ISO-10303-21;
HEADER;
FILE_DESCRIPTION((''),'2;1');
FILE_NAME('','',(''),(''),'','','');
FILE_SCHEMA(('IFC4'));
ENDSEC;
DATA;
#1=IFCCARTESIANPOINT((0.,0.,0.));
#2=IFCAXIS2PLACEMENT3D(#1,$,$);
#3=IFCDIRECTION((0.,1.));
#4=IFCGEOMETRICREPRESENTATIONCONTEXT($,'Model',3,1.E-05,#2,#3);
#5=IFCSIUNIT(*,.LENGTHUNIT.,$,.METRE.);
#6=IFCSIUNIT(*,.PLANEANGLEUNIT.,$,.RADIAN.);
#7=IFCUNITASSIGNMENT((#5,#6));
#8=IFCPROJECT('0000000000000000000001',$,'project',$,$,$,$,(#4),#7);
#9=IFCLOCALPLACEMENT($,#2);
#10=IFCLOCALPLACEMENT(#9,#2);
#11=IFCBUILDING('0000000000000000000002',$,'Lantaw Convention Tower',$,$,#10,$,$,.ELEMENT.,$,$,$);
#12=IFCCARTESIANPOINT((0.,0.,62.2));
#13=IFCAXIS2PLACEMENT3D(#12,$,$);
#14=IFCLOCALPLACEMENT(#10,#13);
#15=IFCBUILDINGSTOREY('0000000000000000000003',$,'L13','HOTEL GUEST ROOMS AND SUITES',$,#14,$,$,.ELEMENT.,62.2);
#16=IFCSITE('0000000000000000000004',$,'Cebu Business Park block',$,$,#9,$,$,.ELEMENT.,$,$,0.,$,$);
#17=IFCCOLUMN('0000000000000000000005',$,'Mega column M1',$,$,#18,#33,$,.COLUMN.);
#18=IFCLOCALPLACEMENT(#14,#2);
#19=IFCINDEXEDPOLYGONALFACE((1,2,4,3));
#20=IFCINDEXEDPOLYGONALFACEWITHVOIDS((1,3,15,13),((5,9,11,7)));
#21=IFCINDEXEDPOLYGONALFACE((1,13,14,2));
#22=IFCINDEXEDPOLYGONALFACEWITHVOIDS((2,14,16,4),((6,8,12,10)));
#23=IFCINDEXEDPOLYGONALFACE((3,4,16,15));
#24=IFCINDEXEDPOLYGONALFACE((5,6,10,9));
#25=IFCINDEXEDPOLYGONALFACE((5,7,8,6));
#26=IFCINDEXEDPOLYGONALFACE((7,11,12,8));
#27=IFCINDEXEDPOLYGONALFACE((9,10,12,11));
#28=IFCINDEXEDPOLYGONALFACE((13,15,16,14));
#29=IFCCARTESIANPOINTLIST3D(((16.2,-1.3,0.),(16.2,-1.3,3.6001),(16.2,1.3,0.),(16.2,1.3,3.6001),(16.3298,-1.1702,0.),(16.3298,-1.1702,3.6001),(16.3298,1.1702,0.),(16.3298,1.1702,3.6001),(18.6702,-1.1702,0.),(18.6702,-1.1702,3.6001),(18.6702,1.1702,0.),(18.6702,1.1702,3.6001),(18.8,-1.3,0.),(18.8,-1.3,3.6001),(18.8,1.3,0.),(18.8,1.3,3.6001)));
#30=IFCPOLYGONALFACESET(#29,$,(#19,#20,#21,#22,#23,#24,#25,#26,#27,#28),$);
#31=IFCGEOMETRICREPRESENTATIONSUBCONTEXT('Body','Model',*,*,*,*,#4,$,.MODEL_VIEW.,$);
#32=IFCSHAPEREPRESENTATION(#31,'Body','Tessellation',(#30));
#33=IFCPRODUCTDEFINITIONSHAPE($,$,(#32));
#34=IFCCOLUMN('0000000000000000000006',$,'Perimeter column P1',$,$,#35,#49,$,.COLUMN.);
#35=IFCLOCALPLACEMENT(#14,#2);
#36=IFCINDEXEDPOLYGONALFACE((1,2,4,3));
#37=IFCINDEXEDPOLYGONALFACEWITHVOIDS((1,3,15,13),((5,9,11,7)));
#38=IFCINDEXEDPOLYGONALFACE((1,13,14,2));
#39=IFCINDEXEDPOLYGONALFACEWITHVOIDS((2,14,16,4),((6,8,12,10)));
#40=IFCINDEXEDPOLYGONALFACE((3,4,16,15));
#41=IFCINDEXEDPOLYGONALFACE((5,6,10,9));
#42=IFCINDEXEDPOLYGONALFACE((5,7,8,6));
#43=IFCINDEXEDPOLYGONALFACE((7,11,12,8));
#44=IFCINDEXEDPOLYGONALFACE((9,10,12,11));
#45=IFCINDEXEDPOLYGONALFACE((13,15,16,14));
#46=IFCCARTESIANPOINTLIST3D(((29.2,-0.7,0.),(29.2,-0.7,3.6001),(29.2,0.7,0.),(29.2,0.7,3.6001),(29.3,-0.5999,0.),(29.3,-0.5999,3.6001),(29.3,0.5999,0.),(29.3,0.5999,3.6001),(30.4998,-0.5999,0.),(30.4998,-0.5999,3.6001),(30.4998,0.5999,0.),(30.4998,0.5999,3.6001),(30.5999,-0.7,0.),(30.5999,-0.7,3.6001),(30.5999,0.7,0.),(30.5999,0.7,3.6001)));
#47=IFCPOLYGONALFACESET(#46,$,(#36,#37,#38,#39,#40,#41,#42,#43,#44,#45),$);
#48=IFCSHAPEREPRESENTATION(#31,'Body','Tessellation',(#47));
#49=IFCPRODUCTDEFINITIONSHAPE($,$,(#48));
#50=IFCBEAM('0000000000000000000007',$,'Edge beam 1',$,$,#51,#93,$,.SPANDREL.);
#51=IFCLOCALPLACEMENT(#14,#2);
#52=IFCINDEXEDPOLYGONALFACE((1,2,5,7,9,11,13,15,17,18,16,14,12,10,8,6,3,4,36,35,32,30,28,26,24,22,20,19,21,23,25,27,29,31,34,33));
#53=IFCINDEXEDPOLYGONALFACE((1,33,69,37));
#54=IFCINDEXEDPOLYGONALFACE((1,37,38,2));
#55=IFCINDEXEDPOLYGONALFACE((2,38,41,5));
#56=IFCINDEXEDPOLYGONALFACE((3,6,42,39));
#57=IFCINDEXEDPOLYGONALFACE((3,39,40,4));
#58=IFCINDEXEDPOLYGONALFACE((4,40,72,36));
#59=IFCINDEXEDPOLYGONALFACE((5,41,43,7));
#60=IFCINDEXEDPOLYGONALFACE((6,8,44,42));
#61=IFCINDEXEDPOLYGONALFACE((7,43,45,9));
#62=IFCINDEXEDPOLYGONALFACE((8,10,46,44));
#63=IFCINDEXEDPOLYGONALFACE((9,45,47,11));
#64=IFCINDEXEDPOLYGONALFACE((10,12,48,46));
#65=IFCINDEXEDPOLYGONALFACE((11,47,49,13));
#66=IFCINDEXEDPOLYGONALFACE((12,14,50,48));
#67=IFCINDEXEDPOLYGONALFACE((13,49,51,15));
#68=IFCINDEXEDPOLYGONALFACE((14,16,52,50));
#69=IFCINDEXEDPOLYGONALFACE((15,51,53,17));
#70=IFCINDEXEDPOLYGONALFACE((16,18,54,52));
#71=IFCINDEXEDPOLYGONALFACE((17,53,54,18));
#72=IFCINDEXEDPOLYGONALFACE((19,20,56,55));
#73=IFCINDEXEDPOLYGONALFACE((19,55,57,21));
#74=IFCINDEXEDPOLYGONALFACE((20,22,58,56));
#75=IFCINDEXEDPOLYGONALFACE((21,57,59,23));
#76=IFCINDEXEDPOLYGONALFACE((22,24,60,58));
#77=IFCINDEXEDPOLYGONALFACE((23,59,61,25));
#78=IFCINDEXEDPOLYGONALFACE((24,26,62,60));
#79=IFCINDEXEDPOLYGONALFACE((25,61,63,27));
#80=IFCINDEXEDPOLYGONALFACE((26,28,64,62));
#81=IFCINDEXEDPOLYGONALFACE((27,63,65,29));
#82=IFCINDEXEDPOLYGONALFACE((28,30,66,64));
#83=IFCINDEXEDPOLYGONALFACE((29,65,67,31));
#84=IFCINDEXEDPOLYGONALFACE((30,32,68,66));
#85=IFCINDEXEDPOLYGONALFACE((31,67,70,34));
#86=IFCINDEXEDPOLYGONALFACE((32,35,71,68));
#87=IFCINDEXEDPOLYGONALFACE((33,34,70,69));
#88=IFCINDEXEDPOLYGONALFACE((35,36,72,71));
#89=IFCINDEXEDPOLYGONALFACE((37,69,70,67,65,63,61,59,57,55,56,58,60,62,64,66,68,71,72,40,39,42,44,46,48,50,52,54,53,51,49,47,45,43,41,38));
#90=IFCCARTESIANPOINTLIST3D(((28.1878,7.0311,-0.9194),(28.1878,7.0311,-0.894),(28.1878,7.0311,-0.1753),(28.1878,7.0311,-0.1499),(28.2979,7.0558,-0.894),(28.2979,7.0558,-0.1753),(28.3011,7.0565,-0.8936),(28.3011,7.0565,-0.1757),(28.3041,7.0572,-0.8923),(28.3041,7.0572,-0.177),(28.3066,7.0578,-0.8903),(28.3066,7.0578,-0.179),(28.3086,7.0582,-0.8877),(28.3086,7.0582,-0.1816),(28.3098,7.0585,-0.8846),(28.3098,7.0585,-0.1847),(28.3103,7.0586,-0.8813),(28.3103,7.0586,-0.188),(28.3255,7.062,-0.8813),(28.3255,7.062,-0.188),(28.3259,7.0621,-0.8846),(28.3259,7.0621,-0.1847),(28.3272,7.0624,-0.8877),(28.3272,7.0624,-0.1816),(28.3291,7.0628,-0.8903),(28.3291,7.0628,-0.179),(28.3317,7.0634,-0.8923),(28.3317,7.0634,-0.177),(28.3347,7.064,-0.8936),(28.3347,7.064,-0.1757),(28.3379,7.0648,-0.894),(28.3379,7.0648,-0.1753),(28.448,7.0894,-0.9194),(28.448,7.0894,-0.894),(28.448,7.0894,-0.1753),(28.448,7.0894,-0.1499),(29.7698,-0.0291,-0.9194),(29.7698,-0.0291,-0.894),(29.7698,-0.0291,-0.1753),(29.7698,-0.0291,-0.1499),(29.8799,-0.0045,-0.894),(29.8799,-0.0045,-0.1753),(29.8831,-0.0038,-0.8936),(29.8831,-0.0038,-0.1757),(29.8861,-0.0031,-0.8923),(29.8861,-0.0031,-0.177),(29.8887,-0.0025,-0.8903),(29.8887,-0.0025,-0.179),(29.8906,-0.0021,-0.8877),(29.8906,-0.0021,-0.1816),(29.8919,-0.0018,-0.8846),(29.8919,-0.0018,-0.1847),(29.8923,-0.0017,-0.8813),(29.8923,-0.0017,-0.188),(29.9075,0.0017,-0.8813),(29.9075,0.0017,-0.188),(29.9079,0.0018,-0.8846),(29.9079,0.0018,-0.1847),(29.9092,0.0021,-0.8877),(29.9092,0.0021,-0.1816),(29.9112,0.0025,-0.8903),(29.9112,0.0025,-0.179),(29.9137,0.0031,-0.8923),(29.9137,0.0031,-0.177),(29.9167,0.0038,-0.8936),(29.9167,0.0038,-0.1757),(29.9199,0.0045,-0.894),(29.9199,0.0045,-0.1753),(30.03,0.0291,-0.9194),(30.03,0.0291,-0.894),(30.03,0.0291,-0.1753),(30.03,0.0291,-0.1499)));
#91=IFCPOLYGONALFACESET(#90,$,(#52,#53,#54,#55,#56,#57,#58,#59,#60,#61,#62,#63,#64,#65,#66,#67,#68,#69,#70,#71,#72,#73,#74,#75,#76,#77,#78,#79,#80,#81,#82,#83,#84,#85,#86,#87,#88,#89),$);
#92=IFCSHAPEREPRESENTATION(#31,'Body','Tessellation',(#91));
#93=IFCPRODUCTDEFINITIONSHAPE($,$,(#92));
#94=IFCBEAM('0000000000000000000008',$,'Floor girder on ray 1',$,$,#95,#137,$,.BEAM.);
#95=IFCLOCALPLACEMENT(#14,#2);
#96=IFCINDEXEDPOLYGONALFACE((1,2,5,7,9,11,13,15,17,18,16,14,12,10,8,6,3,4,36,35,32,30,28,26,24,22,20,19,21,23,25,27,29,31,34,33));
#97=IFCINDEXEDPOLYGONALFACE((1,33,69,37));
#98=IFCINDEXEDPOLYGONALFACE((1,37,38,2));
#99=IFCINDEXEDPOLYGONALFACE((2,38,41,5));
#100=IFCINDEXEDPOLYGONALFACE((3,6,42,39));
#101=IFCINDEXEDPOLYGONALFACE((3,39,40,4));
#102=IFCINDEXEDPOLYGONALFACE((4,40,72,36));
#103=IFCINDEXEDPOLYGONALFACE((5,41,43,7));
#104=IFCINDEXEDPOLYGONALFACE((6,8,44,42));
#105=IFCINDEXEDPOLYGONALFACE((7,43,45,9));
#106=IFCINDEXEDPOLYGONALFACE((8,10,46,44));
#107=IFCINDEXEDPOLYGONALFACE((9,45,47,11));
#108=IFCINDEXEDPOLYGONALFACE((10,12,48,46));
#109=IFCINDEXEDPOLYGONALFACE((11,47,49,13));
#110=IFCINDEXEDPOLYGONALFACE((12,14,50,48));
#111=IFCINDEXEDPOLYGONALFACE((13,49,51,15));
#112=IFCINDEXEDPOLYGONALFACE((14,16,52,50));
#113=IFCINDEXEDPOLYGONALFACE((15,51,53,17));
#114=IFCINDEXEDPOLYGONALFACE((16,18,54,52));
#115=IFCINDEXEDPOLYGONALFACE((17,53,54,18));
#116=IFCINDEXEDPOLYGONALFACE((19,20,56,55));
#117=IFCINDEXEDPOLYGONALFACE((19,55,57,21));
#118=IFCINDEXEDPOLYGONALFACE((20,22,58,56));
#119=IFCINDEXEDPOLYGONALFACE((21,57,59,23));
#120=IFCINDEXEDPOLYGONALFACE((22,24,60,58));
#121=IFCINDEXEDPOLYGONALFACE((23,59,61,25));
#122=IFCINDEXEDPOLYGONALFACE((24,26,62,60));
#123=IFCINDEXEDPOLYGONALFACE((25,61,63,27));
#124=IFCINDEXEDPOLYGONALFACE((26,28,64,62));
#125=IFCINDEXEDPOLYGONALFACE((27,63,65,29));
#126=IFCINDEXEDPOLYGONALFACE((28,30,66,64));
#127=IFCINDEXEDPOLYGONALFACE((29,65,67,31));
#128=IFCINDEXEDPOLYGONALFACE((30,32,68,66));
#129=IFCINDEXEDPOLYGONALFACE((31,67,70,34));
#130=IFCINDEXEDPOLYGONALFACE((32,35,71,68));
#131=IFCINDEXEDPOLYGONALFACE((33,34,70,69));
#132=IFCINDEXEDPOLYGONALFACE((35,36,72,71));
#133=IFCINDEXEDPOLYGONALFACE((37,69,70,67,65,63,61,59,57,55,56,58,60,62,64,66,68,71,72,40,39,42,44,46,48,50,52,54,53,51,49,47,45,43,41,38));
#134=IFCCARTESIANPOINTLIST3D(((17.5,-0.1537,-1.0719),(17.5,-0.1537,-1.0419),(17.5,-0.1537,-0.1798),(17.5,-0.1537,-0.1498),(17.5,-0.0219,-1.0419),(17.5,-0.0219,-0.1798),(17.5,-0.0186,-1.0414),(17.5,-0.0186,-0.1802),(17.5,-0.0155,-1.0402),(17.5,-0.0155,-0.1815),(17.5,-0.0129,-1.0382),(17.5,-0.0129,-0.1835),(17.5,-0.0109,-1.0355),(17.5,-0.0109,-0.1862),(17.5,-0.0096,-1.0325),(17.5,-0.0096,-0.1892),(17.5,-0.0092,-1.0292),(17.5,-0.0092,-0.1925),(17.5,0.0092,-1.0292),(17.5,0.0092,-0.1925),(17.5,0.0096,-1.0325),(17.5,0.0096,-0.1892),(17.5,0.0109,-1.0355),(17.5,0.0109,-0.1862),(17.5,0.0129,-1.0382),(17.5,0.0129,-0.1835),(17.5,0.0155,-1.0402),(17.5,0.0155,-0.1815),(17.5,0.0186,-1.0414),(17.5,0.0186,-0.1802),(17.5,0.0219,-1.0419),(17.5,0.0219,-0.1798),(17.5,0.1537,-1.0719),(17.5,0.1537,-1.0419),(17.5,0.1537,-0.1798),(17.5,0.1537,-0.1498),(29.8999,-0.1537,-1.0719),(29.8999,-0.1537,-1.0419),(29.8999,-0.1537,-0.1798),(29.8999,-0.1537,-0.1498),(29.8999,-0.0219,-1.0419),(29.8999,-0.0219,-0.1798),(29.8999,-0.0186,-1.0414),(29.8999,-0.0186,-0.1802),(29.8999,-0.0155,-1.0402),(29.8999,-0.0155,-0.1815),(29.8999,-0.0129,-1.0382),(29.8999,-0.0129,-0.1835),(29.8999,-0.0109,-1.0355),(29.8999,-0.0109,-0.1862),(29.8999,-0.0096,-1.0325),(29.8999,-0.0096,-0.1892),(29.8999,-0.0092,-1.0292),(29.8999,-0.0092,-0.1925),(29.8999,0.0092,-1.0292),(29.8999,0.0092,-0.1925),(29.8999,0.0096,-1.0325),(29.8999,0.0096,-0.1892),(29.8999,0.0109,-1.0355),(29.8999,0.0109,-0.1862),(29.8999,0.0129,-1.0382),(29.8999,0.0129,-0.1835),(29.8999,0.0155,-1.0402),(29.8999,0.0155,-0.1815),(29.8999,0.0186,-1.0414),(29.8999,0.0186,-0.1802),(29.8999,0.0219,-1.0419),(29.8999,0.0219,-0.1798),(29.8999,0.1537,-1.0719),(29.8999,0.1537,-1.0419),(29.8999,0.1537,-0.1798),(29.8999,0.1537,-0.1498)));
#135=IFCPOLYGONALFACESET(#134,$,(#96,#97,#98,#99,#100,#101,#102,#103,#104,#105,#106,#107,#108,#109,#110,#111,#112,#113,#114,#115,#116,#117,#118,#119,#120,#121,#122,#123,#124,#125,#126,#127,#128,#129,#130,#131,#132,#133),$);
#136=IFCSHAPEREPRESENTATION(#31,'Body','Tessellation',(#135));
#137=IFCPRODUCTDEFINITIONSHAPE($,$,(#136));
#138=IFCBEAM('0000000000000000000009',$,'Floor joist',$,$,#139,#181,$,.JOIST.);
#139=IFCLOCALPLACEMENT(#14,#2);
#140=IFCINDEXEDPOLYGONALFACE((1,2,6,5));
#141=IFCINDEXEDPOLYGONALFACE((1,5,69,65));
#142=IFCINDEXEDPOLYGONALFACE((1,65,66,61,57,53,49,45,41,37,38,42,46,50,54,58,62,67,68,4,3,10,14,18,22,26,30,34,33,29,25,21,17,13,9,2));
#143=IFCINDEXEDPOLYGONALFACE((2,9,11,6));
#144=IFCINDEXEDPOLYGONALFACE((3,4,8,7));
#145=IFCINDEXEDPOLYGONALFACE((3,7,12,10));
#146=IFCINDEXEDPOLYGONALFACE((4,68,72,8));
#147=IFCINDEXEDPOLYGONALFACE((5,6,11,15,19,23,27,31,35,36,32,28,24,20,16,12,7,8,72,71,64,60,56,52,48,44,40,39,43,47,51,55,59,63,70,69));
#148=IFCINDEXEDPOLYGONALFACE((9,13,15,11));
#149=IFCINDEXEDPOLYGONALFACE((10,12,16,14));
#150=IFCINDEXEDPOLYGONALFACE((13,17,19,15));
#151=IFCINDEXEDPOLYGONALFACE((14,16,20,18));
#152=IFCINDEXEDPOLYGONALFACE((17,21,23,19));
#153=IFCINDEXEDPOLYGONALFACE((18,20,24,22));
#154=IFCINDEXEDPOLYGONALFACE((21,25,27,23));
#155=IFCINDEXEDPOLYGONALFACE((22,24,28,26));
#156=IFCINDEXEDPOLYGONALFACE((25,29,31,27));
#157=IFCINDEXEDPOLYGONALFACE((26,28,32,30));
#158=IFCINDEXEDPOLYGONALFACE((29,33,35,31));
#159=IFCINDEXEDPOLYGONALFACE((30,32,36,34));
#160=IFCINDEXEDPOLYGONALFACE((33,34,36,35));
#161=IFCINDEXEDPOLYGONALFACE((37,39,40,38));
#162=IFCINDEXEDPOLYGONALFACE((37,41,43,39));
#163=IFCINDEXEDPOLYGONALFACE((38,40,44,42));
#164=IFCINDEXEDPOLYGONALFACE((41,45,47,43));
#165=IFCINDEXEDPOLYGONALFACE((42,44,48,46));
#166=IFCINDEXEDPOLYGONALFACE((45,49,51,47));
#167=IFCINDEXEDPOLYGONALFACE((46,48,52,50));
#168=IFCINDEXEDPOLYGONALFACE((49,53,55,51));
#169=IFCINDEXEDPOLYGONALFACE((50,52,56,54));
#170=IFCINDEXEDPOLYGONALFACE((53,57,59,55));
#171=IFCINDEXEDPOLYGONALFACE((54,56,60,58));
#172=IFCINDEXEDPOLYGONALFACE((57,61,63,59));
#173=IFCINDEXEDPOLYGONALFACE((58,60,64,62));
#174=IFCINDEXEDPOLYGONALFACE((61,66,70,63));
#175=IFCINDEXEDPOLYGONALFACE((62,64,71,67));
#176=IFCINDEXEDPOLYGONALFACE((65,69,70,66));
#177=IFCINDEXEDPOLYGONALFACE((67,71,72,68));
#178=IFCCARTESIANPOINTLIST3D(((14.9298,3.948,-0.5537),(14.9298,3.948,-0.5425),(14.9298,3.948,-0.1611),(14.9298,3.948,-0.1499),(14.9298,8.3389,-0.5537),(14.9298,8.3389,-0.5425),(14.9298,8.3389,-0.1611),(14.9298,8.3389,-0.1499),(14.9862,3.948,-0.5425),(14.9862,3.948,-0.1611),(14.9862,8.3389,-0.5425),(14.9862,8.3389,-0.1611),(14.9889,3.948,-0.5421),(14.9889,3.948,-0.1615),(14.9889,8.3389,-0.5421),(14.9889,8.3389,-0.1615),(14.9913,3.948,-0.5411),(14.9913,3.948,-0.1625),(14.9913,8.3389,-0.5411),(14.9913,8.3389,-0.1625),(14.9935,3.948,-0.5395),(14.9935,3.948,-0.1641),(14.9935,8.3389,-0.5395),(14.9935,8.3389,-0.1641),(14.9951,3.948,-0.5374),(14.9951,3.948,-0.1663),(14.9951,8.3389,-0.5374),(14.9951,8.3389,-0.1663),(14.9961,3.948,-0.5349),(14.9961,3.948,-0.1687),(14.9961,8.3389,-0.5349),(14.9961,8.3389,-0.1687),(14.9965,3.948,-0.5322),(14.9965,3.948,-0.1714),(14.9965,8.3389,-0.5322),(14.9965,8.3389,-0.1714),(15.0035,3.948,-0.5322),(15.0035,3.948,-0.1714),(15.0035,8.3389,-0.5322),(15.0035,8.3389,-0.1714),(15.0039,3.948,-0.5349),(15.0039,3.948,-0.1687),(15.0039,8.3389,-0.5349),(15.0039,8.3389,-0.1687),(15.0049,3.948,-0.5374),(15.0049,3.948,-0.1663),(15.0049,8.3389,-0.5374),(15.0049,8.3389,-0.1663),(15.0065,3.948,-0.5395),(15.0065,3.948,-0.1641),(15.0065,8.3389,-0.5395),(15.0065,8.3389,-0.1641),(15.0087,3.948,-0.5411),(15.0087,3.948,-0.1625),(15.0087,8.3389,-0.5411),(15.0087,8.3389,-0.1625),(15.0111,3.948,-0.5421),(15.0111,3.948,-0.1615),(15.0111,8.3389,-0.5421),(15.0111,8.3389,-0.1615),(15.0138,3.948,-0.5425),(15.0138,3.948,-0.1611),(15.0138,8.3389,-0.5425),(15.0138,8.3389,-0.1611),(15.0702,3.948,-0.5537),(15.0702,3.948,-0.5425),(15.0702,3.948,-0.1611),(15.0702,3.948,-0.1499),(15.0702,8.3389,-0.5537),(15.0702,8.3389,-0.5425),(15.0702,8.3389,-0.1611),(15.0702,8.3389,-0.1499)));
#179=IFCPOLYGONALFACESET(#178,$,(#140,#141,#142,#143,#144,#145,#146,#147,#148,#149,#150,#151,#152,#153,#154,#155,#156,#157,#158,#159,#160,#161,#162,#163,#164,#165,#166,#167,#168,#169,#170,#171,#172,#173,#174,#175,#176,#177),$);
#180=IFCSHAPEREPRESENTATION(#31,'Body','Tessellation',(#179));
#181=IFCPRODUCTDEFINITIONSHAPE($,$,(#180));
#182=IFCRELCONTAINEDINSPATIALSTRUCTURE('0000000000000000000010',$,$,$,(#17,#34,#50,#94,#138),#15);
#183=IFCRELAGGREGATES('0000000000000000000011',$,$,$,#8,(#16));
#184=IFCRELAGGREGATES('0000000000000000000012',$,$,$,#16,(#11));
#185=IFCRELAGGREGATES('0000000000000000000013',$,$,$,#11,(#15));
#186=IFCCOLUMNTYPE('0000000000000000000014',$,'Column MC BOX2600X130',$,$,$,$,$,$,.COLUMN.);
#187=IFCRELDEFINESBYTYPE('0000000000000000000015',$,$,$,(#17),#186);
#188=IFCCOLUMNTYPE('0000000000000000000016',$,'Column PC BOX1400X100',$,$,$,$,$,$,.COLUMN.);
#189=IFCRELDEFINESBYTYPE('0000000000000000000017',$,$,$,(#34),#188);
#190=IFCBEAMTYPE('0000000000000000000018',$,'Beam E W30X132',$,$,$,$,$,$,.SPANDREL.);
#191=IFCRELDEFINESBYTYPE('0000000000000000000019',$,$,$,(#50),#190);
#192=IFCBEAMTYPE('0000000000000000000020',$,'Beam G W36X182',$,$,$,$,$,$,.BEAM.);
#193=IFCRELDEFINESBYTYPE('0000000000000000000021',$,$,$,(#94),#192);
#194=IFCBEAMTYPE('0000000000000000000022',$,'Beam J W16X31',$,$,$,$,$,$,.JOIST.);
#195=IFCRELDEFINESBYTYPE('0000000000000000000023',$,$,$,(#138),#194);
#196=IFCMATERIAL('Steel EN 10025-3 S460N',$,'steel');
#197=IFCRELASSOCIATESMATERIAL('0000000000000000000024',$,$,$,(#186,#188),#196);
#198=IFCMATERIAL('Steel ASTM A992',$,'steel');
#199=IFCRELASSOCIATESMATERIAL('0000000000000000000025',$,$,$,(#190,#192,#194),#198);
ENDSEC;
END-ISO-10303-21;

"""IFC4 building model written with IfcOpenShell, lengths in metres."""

from ifc_helpers import new_model, si_unit, direction, frame, origin, origin_2d, place, context, subcontext, project, spatial, rectangle, hollow_rectangle, i_section, extrude, material, material_profile, profile_set, type_object, element, save


model = new_model("IFC4")

# Units and contexts
model_context = context("Model", 3, precision=1e-05, world=origin(), true_north=direction((0.0, 1.0)))
body_context = subcontext(model_context, "Body", "Model", "MODEL_VIEW")
ifc_project = project(units=[si_unit("LENGTHUNIT", "METRE"), si_unit("PLANEANGLEUNIT", "RADIAN")], contexts=[model_context])

# Site, building, storey
site_placement = place(None, origin())
site = spatial("IfcSite", under=ifc_project, at=site_placement, Name="Cebu Business Park block", CompositionType="ELEMENT", RefElevation=0.0)
building_placement = place(site_placement, origin())
building = spatial("IfcBuilding", under=site, at=building_placement, Name="Lantaw Convention Tower", CompositionType="ELEMENT")
storey_placement = place(building_placement, frame((0.0, 0.0, 62.2)))
storey = spatial("IfcBuildingStorey", under=building, at=storey_placement, Name="L13", Description="HOTEL GUEST ROOMS AND SUITES", CompositionType="ELEMENT", Elevation=62.2)

# Columns
ifc_material_1 = material(Name="Steel EN 10025-3 S460N", Category="steel")
ifc_material_profile_1 = material_profile(ifc_material_1, hollow_rectangle(XDim=2.6001, YDim=2.6001, WallThickness=0.1299, at=origin_2d()), Name="BOX2600X130")
ifc_material_2 = material(Name="Concrete C60/75", Category="concrete")
ifc_material_profile_2 = material_profile(ifc_material_2, rectangle(XDim=2.3401, YDim=2.3401, at=origin_2d()), Name="Concrete fill of BOX2600X130")
ifc_profile_set_1 = profile_set([ifc_material_profile_1, ifc_material_profile_2], Name="Steel EN 10025-3 S460N")
column_type_1 = type_object("IfcColumnType", Name="Column MC BOX2600X130", PredefinedType="COLUMN", material=ifc_profile_set_1)
column_1_placement = place(storey_placement, frame((17.5, 0.0, 0.0), z_axis=(0.0, 0.0, 1.0), x_axis=(1.0, 0.0, 0.0)))
element("IfcColumn", 1, at=column_1_placement, inside=storey, type_object=column_type_1, Name="Mega column M1", PredefinedType="COLUMN", context=body_context, shape_type="SweptSolid", body=[
    extrude(hollow_rectangle(XDim=2.6001, YDim=2.6001, WallThickness=0.1299, at=origin_2d()), origin(), (0.0, 0.0, 1.0), 3.6001),
])
ifc_material_profile_3 = material_profile(ifc_material_1, hollow_rectangle(XDim=1.3999, YDim=1.3999, WallThickness=0.1001, at=origin_2d()), Name="BOX1400X100")
ifc_material_profile_4 = material_profile(ifc_material_2, rectangle(XDim=1.2, YDim=1.2, at=origin_2d()), Name="Concrete fill of BOX1400X100")
ifc_profile_set_2 = profile_set([ifc_material_profile_3, ifc_material_profile_4], Name="Steel EN 10025-3 S460N")
column_type_2 = type_object("IfcColumnType", Name="Column PC BOX1400X100", PredefinedType="COLUMN", material=ifc_profile_set_2)
column_2_placement = place(storey_placement, frame((29.8999, 0.0, 0.0), z_axis=(0.0, 0.0, 1.0), x_axis=(1.0, 0.0, 0.0)))
element("IfcColumn", 2, at=column_2_placement, inside=storey, type_object=column_type_2, Name="Perimeter column P1", PredefinedType="COLUMN", context=body_context, shape_type="SweptSolid", body=[
    extrude(hollow_rectangle(XDim=1.3999, YDim=1.3999, WallThickness=0.1001, at=origin_2d()), origin(), (0.0, 0.0, 1.0), 3.6001),
])

# Beams
ifc_material_3 = material(Name="Steel ASTM A992", Category="steel")
ifc_material_profile_5 = material_profile(ifc_material_3, i_section(OverallWidth=0.2666, OverallDepth=0.7695, WebThickness=0.0156, FlangeThickness=0.0254, FilletRadius=0.0127, at=origin_2d()), Name="W30X132")
ifc_profile_set_3 = profile_set([ifc_material_profile_5], Name="Steel ASTM A992")
beam_type_1 = type_object("IfcBeamType", Name="Beam E W30X132", PredefinedType="SPANDREL", material=ifc_profile_set_3)
beam_1_placement = place(storey_placement, frame((29.8999, 0.0, -0.5347), z_axis=(-0.218652, 0.975803, 0.0), x_axis=(-0.975803, -0.218652, 0.0)))
element("IfcBeam", 3, at=beam_1_placement, inside=storey, type_object=beam_type_1, Name="Edge beam 1", PredefinedType="SPANDREL", context=body_context, shape_type="SweptSolid", body=[
    extrude(i_section(OverallWidth=0.2666, OverallDepth=0.7695, WebThickness=0.0156, FlangeThickness=0.0254, FilletRadius=0.0127, at=origin_2d()), origin(), (0.0, 0.0, 1.0), 7.2354),
])
ifc_material_profile_6 = material_profile(ifc_material_3, i_section(OverallWidth=0.3074, OverallDepth=0.9221, WebThickness=0.0183, FlangeThickness=0.03, FilletRadius=0.0127, at=origin_2d()), Name="W36X182")
ifc_profile_set_4 = profile_set([ifc_material_profile_6], Name="Steel ASTM A992")
beam_type_2 = type_object("IfcBeamType", Name="Beam G W36X182", PredefinedType="BEAM", material=ifc_profile_set_4)
beam_2_placement = place(storey_placement, frame((17.5, 0.0, -0.6108), z_axis=(1.0, 0.0, 0.0), x_axis=(0.0, 1.0, 0.0)))
element("IfcBeam", 4, at=beam_2_placement, inside=storey, type_object=beam_type_2, Name="Floor girder on ray 1", PredefinedType="BEAM", context=body_context, shape_type="SweptSolid", body=[
    extrude(i_section(OverallWidth=0.3074, OverallDepth=0.9221, WebThickness=0.0183, FlangeThickness=0.03, FilletRadius=0.0127, at=origin_2d()), origin(), (0.0, 0.0, 1.0), 12.3999),
])
ifc_material_profile_7 = material_profile(ifc_material_3, i_section(OverallWidth=0.1404, OverallDepth=0.4038, WebThickness=0.0071, FlangeThickness=0.0112, FilletRadius=0.0103, at=origin_2d()), Name="W16X31")
ifc_profile_set_5 = profile_set([ifc_material_profile_7], Name="Steel ASTM A992")
beam_type_3 = type_object("IfcBeamType", Name="Beam J W16X31", PredefinedType="JOIST", material=ifc_profile_set_5)
beam_3_placement = place(storey_placement, frame((15.0, 3.948, -0.3518), z_axis=(0.0, 1.0, 0.0), x_axis=(-1.0, 0.0, 0.0)))
element("IfcBeam", 5, at=beam_3_placement, inside=storey, type_object=beam_type_3, Name="Floor joist", PredefinedType="JOIST", context=body_context, shape_type="SweptSolid", body=[
    extrude(i_section(OverallWidth=0.1404, OverallDepth=0.4038, WebThickness=0.0071, FlangeThickness=0.0112, FilletRadius=0.0103, at=origin_2d()), origin(), (0.0, 0.0, 1.0), 4.3909),
])

save(model, "model.ifc")
